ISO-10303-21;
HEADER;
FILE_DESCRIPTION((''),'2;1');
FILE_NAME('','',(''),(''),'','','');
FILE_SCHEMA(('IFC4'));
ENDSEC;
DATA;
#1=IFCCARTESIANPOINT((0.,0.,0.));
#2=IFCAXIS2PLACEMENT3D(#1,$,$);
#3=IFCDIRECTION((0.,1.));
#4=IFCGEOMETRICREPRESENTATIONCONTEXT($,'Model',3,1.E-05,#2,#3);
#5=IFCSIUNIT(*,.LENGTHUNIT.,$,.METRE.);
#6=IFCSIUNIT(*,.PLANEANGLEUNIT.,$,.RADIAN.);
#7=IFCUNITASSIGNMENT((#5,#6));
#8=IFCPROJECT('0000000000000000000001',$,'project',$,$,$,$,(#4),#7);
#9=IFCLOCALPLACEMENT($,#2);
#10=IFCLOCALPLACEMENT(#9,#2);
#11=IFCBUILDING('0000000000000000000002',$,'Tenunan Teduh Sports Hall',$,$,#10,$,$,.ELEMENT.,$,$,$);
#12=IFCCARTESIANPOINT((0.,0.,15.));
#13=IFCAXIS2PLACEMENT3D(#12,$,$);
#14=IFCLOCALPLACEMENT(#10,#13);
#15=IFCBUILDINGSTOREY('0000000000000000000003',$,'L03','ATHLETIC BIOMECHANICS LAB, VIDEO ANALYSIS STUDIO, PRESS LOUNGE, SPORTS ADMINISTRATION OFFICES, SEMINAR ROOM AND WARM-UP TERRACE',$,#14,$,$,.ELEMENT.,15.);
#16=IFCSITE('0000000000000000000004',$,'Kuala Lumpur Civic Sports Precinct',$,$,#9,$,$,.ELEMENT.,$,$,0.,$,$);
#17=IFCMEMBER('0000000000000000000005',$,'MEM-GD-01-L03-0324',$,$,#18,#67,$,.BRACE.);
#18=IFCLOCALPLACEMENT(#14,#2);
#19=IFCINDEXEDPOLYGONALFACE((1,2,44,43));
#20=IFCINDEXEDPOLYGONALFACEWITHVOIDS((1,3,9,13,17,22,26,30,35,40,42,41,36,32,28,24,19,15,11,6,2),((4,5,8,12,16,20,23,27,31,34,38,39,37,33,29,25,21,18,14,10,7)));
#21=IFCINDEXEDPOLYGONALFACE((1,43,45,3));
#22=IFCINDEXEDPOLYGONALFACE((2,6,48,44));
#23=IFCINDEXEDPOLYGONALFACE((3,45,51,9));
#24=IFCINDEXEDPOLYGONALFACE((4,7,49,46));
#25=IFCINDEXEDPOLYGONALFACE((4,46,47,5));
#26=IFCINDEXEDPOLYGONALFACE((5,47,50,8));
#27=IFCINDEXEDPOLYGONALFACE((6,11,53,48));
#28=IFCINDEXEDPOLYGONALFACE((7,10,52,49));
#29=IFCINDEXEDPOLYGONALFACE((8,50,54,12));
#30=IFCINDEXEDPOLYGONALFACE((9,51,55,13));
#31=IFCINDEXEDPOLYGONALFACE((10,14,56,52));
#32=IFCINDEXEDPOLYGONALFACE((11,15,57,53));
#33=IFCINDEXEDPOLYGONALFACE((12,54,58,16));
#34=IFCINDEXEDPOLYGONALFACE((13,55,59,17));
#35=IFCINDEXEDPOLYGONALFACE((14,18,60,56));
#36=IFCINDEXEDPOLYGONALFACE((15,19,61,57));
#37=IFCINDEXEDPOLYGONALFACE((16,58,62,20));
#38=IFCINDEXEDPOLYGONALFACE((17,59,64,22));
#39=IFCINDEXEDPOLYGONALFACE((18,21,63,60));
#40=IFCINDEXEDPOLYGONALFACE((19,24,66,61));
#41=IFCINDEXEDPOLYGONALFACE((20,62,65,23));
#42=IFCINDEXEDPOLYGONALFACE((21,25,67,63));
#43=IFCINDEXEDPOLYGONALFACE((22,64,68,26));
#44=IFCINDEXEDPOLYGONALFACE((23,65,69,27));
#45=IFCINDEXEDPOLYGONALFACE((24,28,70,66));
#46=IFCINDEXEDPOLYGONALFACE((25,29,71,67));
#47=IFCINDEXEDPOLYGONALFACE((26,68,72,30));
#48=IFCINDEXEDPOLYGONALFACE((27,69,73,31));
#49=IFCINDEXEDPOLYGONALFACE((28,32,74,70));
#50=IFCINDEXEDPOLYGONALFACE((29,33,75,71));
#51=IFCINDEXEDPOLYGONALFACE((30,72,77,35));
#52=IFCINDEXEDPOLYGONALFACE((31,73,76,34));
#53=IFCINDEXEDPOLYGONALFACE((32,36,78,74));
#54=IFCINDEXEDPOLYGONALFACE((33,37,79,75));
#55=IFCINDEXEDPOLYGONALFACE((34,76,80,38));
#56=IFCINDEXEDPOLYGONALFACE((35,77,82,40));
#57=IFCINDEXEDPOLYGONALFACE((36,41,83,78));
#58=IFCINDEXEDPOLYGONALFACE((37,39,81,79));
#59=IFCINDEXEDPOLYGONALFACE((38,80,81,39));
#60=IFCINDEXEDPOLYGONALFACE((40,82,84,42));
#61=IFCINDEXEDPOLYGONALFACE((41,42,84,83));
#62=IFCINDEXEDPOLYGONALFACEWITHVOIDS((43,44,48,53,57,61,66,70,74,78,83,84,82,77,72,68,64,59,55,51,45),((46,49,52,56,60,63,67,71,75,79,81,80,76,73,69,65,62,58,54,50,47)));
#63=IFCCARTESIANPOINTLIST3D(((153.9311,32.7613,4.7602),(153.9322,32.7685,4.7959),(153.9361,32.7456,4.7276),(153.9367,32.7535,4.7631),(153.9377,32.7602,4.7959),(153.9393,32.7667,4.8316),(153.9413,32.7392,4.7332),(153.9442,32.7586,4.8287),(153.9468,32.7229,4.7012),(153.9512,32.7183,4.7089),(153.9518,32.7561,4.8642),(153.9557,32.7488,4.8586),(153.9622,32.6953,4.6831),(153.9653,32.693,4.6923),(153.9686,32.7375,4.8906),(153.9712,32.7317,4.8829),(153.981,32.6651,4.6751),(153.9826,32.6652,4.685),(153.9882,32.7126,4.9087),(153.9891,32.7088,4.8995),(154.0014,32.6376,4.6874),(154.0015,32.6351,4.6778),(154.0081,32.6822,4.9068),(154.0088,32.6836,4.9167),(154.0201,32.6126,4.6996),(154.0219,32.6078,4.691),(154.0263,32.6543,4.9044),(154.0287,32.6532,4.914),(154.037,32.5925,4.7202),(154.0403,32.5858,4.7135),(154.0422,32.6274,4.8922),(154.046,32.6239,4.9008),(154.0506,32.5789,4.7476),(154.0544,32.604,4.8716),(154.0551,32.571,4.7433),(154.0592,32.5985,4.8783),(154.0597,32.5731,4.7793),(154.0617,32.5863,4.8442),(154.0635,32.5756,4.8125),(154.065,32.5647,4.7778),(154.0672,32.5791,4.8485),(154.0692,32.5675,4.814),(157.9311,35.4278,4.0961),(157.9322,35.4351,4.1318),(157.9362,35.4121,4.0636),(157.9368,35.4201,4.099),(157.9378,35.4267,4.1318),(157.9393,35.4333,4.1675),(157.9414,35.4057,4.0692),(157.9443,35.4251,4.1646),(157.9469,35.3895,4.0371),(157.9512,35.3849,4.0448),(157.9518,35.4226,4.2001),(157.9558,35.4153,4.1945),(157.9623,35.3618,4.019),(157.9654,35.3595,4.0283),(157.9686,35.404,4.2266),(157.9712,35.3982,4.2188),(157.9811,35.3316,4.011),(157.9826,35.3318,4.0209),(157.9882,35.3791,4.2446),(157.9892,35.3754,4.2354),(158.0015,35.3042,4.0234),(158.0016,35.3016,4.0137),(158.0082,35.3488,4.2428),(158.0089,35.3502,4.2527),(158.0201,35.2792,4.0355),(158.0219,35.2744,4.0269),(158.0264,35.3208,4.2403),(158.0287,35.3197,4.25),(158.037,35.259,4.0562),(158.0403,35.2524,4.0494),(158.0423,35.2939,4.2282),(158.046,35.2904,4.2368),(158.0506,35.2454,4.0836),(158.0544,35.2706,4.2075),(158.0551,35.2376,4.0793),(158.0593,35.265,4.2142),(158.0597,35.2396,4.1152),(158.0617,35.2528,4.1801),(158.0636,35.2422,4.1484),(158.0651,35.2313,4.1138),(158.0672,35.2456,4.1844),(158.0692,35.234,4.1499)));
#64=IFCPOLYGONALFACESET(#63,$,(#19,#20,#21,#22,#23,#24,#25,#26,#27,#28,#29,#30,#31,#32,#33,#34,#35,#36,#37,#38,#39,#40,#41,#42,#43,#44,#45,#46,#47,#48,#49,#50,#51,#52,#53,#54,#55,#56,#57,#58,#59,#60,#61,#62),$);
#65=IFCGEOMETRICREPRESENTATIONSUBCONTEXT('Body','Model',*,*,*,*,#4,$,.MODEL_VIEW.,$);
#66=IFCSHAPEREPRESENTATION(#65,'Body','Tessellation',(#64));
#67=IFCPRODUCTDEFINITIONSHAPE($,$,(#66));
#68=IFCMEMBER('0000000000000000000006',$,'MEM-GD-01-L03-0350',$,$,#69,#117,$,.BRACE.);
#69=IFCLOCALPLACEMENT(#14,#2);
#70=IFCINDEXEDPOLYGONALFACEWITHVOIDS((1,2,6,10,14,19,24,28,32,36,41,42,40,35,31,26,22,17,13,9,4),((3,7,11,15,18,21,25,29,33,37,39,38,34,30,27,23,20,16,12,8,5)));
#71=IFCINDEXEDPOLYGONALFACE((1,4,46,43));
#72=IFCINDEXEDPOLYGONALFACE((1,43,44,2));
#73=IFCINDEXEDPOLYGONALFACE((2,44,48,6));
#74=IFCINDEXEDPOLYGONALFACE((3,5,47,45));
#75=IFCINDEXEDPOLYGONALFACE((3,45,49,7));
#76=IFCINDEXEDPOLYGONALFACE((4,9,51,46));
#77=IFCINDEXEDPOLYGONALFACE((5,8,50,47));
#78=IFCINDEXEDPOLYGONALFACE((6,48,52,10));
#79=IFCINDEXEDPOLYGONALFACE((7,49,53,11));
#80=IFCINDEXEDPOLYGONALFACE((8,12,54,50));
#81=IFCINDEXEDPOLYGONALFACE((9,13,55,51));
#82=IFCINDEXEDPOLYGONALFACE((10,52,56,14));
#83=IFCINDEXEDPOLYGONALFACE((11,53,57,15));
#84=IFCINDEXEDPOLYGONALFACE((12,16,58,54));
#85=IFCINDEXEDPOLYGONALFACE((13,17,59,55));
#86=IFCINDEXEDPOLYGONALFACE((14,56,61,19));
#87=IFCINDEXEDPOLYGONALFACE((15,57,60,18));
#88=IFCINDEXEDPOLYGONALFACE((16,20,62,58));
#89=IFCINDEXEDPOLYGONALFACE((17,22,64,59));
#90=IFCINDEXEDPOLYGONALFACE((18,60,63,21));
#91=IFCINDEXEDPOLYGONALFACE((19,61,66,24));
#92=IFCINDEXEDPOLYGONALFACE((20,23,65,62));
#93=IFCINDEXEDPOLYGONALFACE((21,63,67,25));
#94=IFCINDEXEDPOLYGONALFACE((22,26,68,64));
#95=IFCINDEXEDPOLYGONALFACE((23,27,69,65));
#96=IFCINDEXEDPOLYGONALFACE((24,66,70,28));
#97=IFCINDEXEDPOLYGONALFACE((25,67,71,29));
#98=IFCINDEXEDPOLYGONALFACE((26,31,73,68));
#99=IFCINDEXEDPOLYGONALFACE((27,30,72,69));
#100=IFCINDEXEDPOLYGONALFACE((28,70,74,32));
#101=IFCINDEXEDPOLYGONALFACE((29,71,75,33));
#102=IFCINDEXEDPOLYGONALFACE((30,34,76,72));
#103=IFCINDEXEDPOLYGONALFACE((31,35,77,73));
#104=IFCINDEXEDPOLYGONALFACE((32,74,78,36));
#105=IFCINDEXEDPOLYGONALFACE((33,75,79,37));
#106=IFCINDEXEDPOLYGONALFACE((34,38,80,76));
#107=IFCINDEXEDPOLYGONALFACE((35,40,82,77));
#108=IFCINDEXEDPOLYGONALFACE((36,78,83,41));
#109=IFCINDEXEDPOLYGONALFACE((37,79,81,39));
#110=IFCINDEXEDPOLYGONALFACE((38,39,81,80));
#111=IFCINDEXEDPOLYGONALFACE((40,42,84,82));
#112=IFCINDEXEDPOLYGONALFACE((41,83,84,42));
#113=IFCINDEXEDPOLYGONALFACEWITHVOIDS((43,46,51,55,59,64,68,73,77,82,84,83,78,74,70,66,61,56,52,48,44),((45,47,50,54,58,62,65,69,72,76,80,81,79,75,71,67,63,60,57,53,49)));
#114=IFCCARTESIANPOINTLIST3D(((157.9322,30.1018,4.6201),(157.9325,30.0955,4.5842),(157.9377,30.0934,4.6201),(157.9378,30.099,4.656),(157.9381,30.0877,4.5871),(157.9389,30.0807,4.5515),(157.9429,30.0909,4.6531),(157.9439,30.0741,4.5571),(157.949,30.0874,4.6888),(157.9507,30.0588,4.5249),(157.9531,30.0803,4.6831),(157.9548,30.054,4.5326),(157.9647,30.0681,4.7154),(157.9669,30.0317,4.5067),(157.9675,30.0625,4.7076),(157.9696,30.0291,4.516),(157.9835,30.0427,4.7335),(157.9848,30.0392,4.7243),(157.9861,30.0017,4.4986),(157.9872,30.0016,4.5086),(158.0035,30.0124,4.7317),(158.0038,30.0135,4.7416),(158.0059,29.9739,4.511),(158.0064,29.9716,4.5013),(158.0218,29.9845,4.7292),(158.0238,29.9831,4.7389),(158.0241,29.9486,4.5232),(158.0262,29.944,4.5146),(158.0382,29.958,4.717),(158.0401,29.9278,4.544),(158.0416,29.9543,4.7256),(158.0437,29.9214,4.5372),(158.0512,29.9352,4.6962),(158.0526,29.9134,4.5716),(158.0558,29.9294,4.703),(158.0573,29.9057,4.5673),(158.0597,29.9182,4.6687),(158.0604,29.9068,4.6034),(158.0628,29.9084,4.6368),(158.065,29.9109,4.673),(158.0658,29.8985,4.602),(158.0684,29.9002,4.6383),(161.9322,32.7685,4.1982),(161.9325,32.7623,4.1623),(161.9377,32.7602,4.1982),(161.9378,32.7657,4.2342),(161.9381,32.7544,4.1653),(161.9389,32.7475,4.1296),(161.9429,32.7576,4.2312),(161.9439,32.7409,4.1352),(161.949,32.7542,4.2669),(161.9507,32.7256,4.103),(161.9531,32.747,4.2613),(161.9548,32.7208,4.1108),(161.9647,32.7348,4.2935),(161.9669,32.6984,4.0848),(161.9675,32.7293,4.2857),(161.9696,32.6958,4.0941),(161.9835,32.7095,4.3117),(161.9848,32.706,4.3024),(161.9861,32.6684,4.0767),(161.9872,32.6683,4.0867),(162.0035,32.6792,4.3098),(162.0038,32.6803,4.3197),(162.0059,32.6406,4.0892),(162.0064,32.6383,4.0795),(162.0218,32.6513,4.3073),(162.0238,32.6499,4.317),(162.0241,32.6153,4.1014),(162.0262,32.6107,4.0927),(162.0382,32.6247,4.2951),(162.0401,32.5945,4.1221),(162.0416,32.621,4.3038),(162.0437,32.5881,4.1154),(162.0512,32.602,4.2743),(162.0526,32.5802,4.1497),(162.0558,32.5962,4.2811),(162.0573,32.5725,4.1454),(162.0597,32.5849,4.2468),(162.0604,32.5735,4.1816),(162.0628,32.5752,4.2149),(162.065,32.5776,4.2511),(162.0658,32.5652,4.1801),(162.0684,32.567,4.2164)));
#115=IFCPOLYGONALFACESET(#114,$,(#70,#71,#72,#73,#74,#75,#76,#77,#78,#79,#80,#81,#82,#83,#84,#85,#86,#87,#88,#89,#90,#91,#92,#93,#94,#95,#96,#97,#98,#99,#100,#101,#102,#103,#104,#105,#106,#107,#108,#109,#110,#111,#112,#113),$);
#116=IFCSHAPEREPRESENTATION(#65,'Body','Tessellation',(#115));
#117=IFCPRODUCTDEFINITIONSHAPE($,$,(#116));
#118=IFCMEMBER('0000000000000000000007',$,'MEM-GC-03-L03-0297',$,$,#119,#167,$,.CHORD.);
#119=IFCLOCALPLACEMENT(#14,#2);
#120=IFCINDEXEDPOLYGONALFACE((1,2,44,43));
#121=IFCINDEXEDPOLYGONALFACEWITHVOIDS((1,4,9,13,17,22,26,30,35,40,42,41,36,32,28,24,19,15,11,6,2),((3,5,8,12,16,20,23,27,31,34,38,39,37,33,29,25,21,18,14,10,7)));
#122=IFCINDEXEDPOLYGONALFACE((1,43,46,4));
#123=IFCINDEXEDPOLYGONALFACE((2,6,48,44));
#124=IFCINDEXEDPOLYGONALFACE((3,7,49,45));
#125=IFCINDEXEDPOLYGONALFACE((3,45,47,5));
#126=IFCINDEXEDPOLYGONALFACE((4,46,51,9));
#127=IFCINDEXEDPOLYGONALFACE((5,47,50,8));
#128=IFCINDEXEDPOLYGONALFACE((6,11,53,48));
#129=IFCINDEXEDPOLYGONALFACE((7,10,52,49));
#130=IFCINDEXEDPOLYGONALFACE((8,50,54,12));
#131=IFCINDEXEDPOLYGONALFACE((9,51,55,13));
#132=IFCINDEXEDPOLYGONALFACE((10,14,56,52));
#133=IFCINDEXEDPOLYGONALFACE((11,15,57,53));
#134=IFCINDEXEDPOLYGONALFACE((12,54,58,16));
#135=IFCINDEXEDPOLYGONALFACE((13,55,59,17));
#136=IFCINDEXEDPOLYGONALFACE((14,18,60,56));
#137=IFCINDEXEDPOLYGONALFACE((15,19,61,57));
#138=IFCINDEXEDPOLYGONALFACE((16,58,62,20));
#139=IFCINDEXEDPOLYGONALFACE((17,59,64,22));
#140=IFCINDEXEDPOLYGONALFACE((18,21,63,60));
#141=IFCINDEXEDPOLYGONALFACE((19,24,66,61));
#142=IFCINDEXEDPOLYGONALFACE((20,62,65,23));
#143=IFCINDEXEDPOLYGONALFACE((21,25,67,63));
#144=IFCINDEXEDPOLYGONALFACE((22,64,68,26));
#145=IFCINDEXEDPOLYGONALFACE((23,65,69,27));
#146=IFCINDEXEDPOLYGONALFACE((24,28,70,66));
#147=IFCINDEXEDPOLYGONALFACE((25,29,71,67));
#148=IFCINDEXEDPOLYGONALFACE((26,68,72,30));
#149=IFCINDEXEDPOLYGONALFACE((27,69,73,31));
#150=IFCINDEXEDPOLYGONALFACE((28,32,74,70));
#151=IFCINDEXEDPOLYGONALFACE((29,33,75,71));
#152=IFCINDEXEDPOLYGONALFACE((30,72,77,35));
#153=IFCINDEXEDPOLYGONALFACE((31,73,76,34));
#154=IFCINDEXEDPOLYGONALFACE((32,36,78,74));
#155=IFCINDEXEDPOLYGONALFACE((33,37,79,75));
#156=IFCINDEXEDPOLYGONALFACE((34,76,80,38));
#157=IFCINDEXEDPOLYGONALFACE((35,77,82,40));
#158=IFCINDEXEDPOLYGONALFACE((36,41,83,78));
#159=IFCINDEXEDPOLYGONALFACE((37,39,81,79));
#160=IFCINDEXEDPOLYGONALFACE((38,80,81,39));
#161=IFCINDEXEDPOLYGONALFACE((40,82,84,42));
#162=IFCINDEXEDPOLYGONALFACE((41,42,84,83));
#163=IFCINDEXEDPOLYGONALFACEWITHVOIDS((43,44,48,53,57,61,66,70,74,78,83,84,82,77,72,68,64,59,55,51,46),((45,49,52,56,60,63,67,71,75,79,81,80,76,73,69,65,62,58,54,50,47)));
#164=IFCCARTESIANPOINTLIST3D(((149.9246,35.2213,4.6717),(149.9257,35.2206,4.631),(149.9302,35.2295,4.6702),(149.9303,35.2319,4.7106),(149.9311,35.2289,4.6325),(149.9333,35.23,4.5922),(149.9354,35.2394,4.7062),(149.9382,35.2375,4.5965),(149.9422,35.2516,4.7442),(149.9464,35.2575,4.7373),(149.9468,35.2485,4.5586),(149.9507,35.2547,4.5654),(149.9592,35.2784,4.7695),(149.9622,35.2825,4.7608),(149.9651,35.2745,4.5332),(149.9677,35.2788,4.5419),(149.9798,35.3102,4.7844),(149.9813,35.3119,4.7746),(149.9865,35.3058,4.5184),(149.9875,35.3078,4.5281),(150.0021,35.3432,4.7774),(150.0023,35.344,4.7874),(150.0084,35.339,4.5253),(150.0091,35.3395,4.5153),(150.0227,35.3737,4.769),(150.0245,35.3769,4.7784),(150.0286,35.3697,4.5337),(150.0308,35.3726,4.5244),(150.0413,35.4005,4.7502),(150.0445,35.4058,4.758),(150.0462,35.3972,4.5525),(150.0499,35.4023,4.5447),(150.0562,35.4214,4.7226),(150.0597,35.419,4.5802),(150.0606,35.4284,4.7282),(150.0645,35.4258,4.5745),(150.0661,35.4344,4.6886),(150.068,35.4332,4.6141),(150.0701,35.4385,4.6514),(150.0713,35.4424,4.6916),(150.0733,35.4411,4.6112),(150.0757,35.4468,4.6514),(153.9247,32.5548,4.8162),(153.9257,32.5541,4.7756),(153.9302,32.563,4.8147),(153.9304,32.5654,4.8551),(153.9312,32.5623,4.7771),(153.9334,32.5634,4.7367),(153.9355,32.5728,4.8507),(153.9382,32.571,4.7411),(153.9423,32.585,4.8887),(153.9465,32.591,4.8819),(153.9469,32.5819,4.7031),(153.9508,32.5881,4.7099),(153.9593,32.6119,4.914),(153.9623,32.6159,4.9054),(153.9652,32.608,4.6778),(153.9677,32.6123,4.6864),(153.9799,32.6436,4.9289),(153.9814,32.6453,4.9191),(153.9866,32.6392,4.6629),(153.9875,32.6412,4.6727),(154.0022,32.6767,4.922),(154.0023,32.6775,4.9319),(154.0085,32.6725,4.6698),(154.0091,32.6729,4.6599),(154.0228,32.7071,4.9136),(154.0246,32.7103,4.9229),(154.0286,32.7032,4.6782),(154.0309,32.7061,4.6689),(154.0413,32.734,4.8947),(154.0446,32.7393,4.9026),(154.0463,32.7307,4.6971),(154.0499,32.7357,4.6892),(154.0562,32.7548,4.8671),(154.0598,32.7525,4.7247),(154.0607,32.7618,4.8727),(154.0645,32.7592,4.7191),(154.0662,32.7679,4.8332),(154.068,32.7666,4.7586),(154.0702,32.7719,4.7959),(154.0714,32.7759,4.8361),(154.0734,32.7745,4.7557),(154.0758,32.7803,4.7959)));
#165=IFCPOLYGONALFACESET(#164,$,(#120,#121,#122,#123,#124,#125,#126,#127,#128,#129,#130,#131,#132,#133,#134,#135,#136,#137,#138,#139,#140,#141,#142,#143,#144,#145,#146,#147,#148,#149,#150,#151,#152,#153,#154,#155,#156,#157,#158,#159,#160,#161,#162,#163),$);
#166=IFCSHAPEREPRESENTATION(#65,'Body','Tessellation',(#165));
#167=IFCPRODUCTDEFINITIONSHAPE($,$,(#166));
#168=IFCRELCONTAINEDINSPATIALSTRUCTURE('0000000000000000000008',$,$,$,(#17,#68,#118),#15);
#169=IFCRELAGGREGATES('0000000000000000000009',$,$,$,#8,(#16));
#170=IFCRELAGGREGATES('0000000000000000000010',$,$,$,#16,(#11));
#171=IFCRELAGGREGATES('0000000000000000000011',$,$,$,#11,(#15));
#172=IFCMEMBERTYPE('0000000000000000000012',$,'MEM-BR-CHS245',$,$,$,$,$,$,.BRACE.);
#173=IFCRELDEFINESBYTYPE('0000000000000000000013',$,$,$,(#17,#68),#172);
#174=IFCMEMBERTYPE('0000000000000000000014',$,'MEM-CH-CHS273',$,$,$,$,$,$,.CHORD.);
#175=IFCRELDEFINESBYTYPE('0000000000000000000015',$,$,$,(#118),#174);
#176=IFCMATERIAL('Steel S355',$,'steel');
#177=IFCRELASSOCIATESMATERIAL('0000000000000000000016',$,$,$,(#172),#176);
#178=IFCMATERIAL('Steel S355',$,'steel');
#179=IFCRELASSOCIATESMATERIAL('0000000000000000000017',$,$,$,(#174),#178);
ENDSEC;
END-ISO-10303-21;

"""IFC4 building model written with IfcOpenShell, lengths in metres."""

from ifc_helpers import new_model, si_unit, direction, frame, origin, origin_2d, place, context, subcontext, project, spatial, hollow_circle, extrude, material, material_profile, profile_set, type_object, element, save


model = new_model("IFC4")

# Units and contexts
model_context = context("Model", 3, precision=1e-05, world=origin(), true_north=direction((0.0, 1.0)))
body_context = subcontext(model_context, "Body", "Model", "MODEL_VIEW")
ifc_project = project(units=[si_unit("LENGTHUNIT", "METRE"), si_unit("PLANEANGLEUNIT", "RADIAN")], contexts=[model_context])

# Site, building, storey
site_placement = place(None, origin())
site = spatial("IfcSite", under=ifc_project, at=site_placement, Name="Kuala Lumpur Civic Sports Precinct", CompositionType="ELEMENT", RefElevation=0.0)
building_placement = place(site_placement, origin())
building = spatial("IfcBuilding", under=site, at=building_placement, Name="Tenunan Teduh Sports Hall", CompositionType="ELEMENT")
storey_placement = place(building_placement, frame((0.0, 0.0, 15.0)))
storey = spatial("IfcBuildingStorey", under=building, at=storey_placement, Name="L03", Description="ATHLETIC BIOMECHANICS LAB, VIDEO ANALYSIS STUDIO, PRESS LOUNGE, SPORTS ADMINISTRATION OFFICES, SEMINAR ROOM AND WARM-UP TERRACE", CompositionType="ELEMENT", Elevation=15.0)

# Members
ifc_material_1 = material(Name="Steel S355", Category="steel")
ifc_material_profile_1 = material_profile(ifc_material_1, hollow_circle(Radius=0.1223, WallThickness=0.01, at=origin_2d()), Name="CHS 244.5x10.0")
ifc_profile_set_1 = profile_set([ifc_material_profile_1], Name="Steel S355")
member_type_1 = type_object("IfcMemberType", Name="MEM-BR-CHS245", PredefinedType="BRACE", material=ifc_profile_set_1)
member_1_placement = place(storey_placement, frame((154.0, 32.6667, 4.7959), z_axis=(0.824239, 0.549459, -0.136837), x_axis=(-0.554677, 0.832066, 0.0)))
element("IfcMember", 1, at=member_1_placement, inside=storey, type_object=member_type_1, Name="MEM-GD-01-L03-0324", PredefinedType="BRACE", context=body_context, shape_type="SweptSolid", body=[
    extrude(hollow_circle(Radius=0.1223, WallThickness=0.01, at=origin_2d()), origin(), (0.0, 0.0, 1.0), 4.853),
])
member_2_placement = place(storey_placement, frame((158.0, 30.0, 4.6201), z_axis=(0.828857, 0.552588, -0.087419), x_axis=(-0.554712, 0.832042, 0.0)))
element("IfcMember", 2, at=member_2_placement, inside=storey, type_object=member_type_1, Name="MEM-GD-01-L03-0350", PredefinedType="BRACE", context=body_context, shape_type="SweptSolid", body=[
    extrude(hollow_circle(Radius=0.1223, WallThickness=0.01, at=origin_2d()), origin(), (0.0, 0.0, 1.0), 4.8259),
])
ifc_material_2 = material(Name="Steel S355", Category="steel")
ifc_material_profile_2 = material_profile(ifc_material_2, hollow_circle(Radius=0.1365, WallThickness=0.01, at=origin_2d()), Name="CHS 273.0x10.0")
ifc_profile_set_2 = profile_set([ifc_material_profile_2], Name="Steel S355")
member_type_2 = type_object("IfcMemberType", Name="MEM-CH-CHS273", PredefinedType="CHORD", material=ifc_profile_set_2)
member_3_placement = place(storey_placement, frame((150.0, 35.3333, 4.6514), z_axis=(0.83169, -0.554426, 0.030051), x_axis=(0.554677, 0.832066, 0.0)))
element("IfcMember", 3, at=member_3_placement, inside=storey, type_object=member_type_2, Name="MEM-GC-03-L03-0297", PredefinedType="CHORD", context=body_context, shape_type="SweptSolid", body=[
    extrude(hollow_circle(Radius=0.1365, WallThickness=0.01, at=origin_2d()), origin(), (0.0, 0.0, 1.0), 4.8096),
])

save(model, "model.ifc")
